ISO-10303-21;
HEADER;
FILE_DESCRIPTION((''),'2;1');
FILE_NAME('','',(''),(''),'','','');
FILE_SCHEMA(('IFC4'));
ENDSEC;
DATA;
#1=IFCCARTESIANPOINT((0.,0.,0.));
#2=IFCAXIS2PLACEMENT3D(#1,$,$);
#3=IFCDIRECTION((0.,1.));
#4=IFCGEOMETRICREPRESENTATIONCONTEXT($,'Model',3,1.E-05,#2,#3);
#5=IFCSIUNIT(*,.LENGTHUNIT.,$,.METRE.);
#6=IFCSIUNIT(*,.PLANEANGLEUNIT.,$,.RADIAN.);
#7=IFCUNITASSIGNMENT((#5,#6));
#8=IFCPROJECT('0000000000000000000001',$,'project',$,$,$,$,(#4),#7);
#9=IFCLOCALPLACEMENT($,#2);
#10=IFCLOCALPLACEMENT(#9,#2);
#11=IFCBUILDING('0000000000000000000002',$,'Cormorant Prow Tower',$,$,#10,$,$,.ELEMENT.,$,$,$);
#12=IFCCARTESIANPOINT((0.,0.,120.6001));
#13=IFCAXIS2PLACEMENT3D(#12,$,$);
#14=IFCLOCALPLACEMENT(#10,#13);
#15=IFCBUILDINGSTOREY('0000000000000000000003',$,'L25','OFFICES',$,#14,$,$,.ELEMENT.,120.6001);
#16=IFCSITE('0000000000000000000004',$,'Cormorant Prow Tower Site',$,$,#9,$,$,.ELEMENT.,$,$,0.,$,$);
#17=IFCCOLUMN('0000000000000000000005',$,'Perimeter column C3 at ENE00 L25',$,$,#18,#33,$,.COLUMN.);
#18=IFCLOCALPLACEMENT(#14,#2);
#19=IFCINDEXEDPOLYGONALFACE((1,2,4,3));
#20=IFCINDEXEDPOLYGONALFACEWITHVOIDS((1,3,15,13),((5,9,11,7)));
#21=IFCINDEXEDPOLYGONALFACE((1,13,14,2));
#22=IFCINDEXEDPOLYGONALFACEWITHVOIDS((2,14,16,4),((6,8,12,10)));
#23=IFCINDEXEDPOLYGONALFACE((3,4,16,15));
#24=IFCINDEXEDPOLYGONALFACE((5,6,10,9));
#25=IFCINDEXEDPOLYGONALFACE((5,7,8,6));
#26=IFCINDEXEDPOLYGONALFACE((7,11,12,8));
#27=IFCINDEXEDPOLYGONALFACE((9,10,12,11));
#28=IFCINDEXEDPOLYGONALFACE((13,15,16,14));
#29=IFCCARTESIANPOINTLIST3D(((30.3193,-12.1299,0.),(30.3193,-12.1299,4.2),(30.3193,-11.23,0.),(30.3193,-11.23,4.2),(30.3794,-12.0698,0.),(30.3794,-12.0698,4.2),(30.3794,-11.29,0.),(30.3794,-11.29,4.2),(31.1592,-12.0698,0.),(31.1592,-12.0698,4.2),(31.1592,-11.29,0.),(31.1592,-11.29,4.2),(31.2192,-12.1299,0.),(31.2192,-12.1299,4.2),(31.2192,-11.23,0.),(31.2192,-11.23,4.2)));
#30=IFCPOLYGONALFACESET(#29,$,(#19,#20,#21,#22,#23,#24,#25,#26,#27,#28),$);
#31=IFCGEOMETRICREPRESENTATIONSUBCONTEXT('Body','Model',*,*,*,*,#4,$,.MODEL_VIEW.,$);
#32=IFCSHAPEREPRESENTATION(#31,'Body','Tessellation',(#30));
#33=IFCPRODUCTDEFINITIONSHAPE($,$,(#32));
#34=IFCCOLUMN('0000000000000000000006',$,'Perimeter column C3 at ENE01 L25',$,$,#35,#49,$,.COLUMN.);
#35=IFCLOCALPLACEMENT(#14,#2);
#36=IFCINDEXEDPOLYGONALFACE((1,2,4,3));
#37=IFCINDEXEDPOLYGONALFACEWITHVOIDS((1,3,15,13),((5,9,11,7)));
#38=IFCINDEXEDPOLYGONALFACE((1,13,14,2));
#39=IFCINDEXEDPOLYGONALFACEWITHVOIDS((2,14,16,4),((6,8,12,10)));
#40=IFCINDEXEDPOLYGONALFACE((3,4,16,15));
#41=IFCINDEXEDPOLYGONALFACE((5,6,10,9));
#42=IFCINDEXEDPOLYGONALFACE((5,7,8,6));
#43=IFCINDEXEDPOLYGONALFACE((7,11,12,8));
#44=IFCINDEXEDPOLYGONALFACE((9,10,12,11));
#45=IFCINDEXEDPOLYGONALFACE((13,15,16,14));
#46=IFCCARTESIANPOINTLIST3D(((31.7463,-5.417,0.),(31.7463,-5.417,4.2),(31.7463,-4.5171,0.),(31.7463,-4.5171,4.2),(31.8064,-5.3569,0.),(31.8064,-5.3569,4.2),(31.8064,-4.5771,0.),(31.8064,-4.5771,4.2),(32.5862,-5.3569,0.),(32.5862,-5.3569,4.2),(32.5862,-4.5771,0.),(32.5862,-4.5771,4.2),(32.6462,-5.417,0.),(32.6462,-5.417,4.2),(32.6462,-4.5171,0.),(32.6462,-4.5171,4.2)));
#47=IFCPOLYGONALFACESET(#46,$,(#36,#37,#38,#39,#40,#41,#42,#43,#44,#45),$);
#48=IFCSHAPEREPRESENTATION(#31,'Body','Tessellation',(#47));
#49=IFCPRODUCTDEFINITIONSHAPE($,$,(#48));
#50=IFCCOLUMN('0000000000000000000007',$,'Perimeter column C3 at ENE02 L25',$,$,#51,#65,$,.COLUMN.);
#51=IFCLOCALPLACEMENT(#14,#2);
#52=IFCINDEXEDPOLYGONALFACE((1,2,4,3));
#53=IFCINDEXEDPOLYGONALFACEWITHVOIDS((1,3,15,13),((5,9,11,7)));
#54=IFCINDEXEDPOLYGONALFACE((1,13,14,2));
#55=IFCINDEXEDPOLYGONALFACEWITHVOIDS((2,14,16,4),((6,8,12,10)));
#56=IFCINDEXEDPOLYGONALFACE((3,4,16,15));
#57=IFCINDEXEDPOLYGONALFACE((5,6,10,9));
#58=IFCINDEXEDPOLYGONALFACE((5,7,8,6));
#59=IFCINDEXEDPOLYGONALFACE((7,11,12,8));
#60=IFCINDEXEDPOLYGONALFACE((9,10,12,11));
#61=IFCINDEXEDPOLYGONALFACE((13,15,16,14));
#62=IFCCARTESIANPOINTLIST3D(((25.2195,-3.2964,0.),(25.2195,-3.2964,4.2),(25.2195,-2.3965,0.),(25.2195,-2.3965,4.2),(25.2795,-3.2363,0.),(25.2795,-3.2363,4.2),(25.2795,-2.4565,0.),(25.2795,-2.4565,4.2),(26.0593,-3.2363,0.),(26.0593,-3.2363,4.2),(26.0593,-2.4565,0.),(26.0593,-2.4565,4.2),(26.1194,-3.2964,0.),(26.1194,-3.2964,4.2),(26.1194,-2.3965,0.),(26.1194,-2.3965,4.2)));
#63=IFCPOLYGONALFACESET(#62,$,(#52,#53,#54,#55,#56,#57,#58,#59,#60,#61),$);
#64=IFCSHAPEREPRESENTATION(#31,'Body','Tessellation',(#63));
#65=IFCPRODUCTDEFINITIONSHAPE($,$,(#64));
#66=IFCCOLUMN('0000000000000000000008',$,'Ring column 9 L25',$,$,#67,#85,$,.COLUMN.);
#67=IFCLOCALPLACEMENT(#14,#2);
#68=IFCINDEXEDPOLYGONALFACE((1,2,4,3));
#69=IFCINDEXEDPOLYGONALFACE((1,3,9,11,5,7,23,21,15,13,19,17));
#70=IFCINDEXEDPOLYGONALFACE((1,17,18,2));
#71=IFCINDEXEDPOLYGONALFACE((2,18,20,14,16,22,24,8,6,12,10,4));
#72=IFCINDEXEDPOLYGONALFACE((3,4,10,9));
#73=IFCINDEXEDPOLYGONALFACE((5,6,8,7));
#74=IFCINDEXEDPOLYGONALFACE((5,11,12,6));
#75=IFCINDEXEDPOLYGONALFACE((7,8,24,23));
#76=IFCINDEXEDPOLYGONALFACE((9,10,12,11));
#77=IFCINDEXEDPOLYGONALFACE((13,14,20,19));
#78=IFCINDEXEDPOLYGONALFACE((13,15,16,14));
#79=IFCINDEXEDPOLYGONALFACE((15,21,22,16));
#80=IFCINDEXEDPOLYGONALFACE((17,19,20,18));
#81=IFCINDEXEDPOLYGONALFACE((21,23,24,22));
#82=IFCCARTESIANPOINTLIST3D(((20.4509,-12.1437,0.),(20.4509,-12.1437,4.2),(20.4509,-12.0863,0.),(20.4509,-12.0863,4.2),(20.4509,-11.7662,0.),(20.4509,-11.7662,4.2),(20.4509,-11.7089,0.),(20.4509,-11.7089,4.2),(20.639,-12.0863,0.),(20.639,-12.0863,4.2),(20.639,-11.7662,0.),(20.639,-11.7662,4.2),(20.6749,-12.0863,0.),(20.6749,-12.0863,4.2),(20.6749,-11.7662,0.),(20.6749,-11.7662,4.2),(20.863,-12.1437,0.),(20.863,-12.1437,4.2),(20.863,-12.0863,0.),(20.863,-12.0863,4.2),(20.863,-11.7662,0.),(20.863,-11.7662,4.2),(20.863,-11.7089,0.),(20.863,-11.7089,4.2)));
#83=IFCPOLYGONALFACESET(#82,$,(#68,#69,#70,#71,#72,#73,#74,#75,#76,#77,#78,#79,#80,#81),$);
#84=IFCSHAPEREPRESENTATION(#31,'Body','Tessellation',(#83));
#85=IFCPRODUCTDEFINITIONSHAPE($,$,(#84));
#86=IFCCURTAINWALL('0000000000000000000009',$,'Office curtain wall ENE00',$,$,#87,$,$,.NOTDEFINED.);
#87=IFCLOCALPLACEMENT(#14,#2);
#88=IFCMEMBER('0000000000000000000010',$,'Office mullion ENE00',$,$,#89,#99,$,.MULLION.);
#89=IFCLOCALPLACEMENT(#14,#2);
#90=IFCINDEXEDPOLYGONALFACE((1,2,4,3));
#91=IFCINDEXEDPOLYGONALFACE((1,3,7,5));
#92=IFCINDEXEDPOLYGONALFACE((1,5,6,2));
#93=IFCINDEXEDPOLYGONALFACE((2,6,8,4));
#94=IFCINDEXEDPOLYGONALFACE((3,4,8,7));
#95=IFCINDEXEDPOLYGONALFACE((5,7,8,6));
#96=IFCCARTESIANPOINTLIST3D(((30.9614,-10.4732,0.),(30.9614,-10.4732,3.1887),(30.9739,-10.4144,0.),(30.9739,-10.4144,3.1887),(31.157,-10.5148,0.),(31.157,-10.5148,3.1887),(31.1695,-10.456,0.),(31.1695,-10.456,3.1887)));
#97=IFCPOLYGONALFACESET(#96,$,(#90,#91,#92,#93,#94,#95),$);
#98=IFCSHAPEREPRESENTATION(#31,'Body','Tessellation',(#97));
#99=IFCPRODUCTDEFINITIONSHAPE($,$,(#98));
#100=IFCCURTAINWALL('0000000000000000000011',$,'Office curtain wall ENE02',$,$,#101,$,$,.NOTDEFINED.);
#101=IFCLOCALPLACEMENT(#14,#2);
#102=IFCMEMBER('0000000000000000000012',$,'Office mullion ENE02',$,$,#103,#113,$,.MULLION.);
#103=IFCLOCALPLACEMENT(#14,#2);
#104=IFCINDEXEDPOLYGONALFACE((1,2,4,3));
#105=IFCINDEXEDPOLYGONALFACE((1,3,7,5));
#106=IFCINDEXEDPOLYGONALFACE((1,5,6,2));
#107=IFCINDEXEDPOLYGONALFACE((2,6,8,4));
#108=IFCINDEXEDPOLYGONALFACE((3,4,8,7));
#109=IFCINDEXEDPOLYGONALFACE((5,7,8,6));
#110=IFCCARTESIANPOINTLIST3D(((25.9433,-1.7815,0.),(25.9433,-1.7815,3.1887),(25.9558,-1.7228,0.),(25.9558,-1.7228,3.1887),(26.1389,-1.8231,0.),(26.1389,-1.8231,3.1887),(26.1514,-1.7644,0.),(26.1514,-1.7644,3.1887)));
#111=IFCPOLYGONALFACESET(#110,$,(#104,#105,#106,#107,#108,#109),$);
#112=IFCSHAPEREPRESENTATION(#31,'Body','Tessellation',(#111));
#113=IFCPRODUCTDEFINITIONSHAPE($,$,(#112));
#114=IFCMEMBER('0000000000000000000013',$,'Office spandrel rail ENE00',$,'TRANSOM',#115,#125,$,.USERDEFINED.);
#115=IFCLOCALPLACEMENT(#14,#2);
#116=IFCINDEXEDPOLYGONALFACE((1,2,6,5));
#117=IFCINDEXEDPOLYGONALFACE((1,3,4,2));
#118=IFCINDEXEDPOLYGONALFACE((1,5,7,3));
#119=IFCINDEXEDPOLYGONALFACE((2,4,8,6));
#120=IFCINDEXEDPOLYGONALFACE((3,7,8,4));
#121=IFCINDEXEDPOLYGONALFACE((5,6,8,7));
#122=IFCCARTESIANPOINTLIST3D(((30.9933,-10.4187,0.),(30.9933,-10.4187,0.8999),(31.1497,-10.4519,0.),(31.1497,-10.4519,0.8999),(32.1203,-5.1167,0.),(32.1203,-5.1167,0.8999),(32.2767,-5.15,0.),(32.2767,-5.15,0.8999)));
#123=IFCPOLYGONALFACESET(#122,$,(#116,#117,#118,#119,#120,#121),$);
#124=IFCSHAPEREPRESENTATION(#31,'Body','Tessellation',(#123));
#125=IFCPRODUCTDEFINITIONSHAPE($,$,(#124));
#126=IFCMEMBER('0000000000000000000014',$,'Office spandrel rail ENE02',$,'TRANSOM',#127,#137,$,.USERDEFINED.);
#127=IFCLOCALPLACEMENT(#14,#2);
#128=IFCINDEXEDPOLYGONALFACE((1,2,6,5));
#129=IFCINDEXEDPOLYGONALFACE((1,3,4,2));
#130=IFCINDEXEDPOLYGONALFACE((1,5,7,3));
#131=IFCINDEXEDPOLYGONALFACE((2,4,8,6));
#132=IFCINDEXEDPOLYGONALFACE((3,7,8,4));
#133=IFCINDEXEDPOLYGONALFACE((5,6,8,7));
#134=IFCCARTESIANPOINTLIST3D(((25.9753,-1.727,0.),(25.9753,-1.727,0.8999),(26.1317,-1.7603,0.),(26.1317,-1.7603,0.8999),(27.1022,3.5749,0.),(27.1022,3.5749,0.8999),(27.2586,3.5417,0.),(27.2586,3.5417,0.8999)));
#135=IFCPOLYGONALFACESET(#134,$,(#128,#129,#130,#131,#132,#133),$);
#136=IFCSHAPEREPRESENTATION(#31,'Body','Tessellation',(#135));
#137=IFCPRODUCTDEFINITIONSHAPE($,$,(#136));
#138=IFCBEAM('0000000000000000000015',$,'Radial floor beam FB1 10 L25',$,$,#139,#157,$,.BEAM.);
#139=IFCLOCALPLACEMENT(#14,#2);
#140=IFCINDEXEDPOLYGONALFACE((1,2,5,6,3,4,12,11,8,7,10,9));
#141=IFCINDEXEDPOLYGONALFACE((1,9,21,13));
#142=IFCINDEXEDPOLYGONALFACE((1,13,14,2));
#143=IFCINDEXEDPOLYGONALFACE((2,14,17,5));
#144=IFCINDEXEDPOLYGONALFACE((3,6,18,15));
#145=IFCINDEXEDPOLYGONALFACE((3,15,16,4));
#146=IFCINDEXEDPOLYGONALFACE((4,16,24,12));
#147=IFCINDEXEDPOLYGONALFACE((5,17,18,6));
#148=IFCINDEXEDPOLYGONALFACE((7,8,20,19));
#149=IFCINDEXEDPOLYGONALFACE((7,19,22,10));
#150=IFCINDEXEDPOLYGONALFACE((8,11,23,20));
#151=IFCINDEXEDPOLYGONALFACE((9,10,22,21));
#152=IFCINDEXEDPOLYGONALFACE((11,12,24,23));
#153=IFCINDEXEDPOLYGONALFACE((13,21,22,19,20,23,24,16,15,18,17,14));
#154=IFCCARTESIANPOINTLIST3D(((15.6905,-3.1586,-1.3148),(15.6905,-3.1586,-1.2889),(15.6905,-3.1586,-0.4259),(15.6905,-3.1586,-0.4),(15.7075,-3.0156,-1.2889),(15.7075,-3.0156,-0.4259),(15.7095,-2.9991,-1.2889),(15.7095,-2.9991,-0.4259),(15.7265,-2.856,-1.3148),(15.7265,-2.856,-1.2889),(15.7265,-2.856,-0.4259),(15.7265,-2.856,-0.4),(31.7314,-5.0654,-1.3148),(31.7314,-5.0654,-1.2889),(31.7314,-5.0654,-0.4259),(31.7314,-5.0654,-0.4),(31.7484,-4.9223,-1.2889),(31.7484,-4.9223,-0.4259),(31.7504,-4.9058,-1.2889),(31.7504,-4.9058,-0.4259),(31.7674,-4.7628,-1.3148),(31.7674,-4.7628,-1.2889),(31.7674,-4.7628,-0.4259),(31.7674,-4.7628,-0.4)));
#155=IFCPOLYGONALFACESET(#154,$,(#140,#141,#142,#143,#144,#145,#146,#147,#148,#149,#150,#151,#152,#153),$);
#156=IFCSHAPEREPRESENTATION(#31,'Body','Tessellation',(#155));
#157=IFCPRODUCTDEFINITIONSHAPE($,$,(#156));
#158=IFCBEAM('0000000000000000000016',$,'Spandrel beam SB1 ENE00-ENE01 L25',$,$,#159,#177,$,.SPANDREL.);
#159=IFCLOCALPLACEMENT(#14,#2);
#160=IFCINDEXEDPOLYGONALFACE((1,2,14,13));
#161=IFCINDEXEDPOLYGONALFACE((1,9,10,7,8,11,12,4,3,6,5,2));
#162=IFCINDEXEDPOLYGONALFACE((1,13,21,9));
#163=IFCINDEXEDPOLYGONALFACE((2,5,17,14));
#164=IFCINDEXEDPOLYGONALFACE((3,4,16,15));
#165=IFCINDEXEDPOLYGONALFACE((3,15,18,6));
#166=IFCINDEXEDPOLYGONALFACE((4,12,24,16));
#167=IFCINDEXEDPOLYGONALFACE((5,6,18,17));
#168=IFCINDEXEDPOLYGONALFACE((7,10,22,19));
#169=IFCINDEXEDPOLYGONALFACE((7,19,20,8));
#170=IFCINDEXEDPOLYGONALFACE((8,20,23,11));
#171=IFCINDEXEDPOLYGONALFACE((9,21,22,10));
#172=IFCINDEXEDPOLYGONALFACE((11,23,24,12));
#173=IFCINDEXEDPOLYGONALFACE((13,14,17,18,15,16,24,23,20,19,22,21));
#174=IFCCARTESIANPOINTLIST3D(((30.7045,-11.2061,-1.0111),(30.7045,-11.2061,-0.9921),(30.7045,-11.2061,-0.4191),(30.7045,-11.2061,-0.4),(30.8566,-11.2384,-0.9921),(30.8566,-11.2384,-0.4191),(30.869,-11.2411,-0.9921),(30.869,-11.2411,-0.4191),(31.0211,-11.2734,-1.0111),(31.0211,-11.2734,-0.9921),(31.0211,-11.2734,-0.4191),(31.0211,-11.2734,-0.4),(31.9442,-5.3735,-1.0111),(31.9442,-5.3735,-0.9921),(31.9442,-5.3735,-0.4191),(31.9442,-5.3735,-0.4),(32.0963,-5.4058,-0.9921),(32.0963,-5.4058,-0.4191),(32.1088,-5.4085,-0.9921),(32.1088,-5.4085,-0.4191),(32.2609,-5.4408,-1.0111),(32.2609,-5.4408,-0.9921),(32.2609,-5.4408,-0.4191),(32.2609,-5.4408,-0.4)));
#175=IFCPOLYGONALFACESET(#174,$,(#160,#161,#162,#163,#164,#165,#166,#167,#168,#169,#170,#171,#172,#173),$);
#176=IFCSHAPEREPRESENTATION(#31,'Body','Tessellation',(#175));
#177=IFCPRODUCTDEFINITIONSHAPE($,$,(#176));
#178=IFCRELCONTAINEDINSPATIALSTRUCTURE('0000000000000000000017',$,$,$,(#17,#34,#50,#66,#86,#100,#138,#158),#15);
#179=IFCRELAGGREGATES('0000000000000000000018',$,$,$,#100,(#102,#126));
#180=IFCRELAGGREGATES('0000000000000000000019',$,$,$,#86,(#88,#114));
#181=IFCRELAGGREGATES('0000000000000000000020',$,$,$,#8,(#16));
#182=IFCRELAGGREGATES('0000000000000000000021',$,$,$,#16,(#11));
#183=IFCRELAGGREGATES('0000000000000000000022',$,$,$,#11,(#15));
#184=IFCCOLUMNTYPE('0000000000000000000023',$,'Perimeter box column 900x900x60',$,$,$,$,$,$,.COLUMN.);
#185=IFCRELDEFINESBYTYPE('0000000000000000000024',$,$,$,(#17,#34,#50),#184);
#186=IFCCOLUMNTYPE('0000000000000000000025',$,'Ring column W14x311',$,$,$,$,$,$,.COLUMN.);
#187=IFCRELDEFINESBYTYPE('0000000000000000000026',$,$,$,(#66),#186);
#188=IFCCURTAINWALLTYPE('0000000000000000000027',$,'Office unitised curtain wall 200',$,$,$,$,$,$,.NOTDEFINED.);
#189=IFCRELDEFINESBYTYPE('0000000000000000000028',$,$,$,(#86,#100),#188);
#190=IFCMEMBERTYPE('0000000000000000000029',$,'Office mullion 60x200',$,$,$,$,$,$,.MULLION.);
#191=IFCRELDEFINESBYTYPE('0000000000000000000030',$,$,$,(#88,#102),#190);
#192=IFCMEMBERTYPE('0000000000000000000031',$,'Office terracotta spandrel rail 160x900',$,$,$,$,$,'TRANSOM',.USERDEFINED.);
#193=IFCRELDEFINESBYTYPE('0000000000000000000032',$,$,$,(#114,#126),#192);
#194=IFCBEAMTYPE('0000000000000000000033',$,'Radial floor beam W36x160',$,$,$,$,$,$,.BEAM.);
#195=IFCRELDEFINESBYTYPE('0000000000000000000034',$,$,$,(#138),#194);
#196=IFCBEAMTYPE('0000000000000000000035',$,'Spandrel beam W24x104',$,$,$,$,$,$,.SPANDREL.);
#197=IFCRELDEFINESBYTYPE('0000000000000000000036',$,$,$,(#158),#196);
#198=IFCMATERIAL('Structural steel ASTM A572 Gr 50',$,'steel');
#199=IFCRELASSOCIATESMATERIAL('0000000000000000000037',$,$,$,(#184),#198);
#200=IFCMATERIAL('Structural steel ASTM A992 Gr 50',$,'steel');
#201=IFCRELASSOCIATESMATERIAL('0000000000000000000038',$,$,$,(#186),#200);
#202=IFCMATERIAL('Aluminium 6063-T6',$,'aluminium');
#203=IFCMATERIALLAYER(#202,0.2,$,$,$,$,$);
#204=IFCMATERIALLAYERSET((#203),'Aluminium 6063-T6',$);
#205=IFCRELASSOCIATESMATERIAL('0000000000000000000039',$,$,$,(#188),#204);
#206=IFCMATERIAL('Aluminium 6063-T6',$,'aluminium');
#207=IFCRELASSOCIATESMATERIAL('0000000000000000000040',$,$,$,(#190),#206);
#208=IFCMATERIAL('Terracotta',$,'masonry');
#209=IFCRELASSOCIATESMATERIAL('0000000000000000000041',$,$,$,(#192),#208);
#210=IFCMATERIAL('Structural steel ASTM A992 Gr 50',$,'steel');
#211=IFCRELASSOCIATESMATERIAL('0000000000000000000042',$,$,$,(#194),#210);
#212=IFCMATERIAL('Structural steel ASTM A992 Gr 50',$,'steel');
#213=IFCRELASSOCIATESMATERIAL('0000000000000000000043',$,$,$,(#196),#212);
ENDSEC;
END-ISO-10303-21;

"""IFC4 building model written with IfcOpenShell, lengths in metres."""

from ifc_helpers import new_model, si_unit, direction, frame, origin, origin_2d, place, context, subcontext, project, spatial, rectangle, hollow_rectangle, i_section, extrude, material, layer, layer_set, material_profile, profile_set, type_object, element, aggregate, save


model = new_model("IFC4")

# Units and contexts
model_context = context("Model", 3, precision=1e-05, world=origin(), true_north=direction((0.0, 1.0)))
body_context = subcontext(model_context, "Body", "Model", "MODEL_VIEW")
ifc_project = project(units=[si_unit("LENGTHUNIT", "METRE"), si_unit("PLANEANGLEUNIT", "RADIAN")], contexts=[model_context])

# Site, building, storey
site_placement = place(None, origin())
site = spatial("IfcSite", under=ifc_project, at=site_placement, Name="Cormorant Prow Tower Site", CompositionType="ELEMENT", RefElevation=0.0)
building_placement = place(site_placement, origin())
building = spatial("IfcBuilding", under=site, at=building_placement, Name="Cormorant Prow Tower", CompositionType="ELEMENT")
storey_placement = place(building_placement, frame((0.0, 0.0, 120.6001)))
storey = spatial("IfcBuildingStorey", under=building, at=storey_placement, Name="L25", Description="OFFICES", CompositionType="ELEMENT", Elevation=120.6001)

# Columns
ifc_material_1 = material(Name="Structural steel ASTM A572 Gr 50", Category="steel")
ifc_material_profile_1 = material_profile(ifc_material_1, hollow_rectangle(XDim=0.8999, YDim=0.8999, WallThickness=0.0601, at=origin_2d()), Name="Box 900x900x60")
ifc_profile_set_1 = profile_set([ifc_material_profile_1], Name="Structural steel ASTM A572 Gr 50")
column_type_1 = type_object("IfcColumnType", Name="Perimeter box column 900x900x60", PredefinedType="COLUMN", material=ifc_profile_set_1)
for number, where, z_axis, x_axis, name in (
    (1, (30.7693, -11.6799, 0.0), (0.0, 0.0, 1.0), (1.0, 0.0, 0.0), "Perimeter column C3 at ENE00 L25"),
    (2, (32.1963, -4.967, 0.0), (0.0, 0.0, 1.0), (1.0, 0.0, 0.0), "Perimeter column C3 at ENE01 L25"),
    (3, (25.6694, -2.8464, 0.0), (0.0, 0.0, 1.0), (1.0, 0.0, 0.0), "Perimeter column C3 at ENE02 L25"),
):
    element("IfcColumn", number, at=place(storey_placement, frame(where, z_axis=z_axis, x_axis=x_axis)), inside=storey, type_object=column_type_1, Name=name, PredefinedType="COLUMN", context=body_context, shape_type="SweptSolid", body=[
        extrude(hollow_rectangle(XDim=0.8999, YDim=0.8999, WallThickness=0.0601, at=origin_2d()), origin(), (0.0, 0.0, 1.0), 4.2),
    ])
ifc_material_2 = material(Name="Structural steel ASTM A992 Gr 50", Category="steel")
ifc_material_profile_2 = material_profile(ifc_material_2, i_section(OverallWidth=0.4121, OverallDepth=0.4348, WebThickness=0.0359, FlangeThickness=0.0574, at=origin_2d()), Name="W14x311")
ifc_profile_set_2 = profile_set([ifc_material_profile_2], Name="Structural steel ASTM A992 Gr 50")
column_type_2 = type_object("IfcColumnType", Name="Ring column W14x311", PredefinedType="COLUMN", material=ifc_profile_set_2)
column_placement = place(storey_placement, frame((20.657, -11.9263, 0.0), z_axis=(0.0, 0.0, 1.0), x_axis=(1.0, 0.0, 0.0)))
element("IfcColumn", 4, at=column_placement, inside=storey, type_object=column_type_2, Name="Ring column 9 L25", PredefinedType="COLUMN", context=body_context, shape_type="SweptSolid", body=[
    extrude(i_section(OverallWidth=0.4121, OverallDepth=0.4348, WebThickness=0.0359, FlangeThickness=0.0574, at=origin_2d()), origin(), (0.0, 0.0, 1.0), 4.2),
])

# Curtain walls, members
ifc_material_3 = material(Name="Aluminium 6063-T6", Category="aluminium")
ifc_layer_1 = layer(ifc_material_3, 0.2)
ifc_layer_set_1 = layer_set([ifc_layer_1], Name="Aluminium 6063-T6")
curtain_wall_type = type_object("IfcCurtainWallType", Name="Office unitised curtain wall 200", PredefinedType="NOTDEFINED", material=ifc_layer_set_1)
curtain_wall_1_placement = place(storey_placement, origin())
curtain_wall_1 = element("IfcCurtainWall", 5, at=curtain_wall_1_placement, inside=storey, type_object=curtain_wall_type, Name="Office curtain wall ENE00", PredefinedType="NOTDEFINED")
ifc_material_4 = material(Name="Aluminium 6063-T6", Category="aluminium")
ifc_material_profile_3 = material_profile(ifc_material_4, rectangle(XDim=0.2, YDim=0.0601, at=origin_2d()), Name="Office mullion 60x200")
ifc_profile_set_3 = profile_set([ifc_material_profile_3], Name="Aluminium 6063-T6")
member_type_1 = type_object("IfcMemberType", Name="Office mullion 60x200", PredefinedType="MULLION", material=ifc_profile_set_3)
member_1_placement = place(storey_placement, frame((31.0654, -10.4646, 0.0), z_axis=(0.0, 0.0, 1.0), x_axis=(-0.978148, 0.207912, 0.0)))
member_1 = element("IfcMember", 6, at=member_1_placement, type_object=member_type_1, Name="Office mullion ENE00", PredefinedType="MULLION", context=body_context, shape_type="SweptSolid", body=[
    extrude(rectangle(XDim=0.2, YDim=0.0601, at=origin_2d()), origin(), (0.0, 0.0, 1.0), 3.1887),
])
curtain_wall_2_placement = place(storey_placement, origin())
curtain_wall_2 = element("IfcCurtainWall", 7, at=curtain_wall_2_placement, inside=storey, type_object=curtain_wall_type, Name="Office curtain wall ENE02", PredefinedType="NOTDEFINED")
member_2_placement = place(storey_placement, frame((26.0474, -1.7729, 0.0), z_axis=(0.0, 0.0, 1.0), x_axis=(-0.978148, 0.207912, 0.0)))
member_2 = element("IfcMember", 8, at=member_2_placement, type_object=member_type_1, Name="Office mullion ENE02", PredefinedType="MULLION", context=body_context, shape_type="SweptSolid", body=[
    extrude(rectangle(XDim=0.2, YDim=0.0601, at=origin_2d()), origin(), (0.0, 0.0, 1.0), 3.1887),
])

# Members
ifc_material_5 = material(Name="Terracotta", Category="masonry")
ifc_material_profile_4 = material_profile(ifc_material_5, rectangle(XDim=0.1599, YDim=0.8999, at=origin_2d()), Name="Office terracotta spandrel rail 160x900")
ifc_profile_set_4 = profile_set([ifc_material_profile_4], Name="Terracotta")
member_type_2 = type_object("IfcMemberType", Name="Office terracotta spandrel rail 160x900", ElementType="TRANSOM", PredefinedType="USERDEFINED", material=ifc_profile_set_4)
member_3_placement = place(storey_placement, frame((31.0715, -10.4353, 0.45), z_axis=(0.207908, 0.978148, 0.0), x_axis=(-0.978148, 0.207908, 0.0)))
member_3 = element("IfcMember", 9, at=member_3_placement, type_object=member_type_2, Name="Office spandrel rail ENE00", ObjectType="TRANSOM", PredefinedType="USERDEFINED", context=body_context, shape_type="SweptSolid", body=[
    extrude(rectangle(XDim=0.1599, YDim=0.8999, at=origin_2d()), origin(), (0.0, 0.0, 1.0), 5.4204),
])
member_4_placement = place(storey_placement, frame((26.0535, -1.7437, 0.45), z_axis=(0.207908, 0.978148, 0.0), x_axis=(-0.978148, 0.207908, 0.0)))
member_4 = element("IfcMember", 10, at=member_4_placement, type_object=member_type_2, Name="Office spandrel rail ENE02", ObjectType="TRANSOM", PredefinedType="USERDEFINED", context=body_context, shape_type="SweptSolid", body=[
    extrude(rectangle(XDim=0.1599, YDim=0.8999, at=origin_2d()), origin(), (0.0, 0.0, 1.0), 5.4204),
])
aggregate(curtain_wall_2, [member_2, member_4])

# Beams
ifc_material_6 = material(Name="Structural steel ASTM A992 Gr 50", Category="steel")
ifc_material_profile_5 = material_profile(ifc_material_6, i_section(OverallWidth=0.3047, OverallDepth=0.9148, WebThickness=0.0166, FlangeThickness=0.0259, at=origin_2d()), Name="W36x160")
ifc_profile_set_5 = profile_set([ifc_material_profile_5], Name="Structural steel ASTM A992 Gr 50")
beam_type_1 = type_object("IfcBeamType", Name="Radial floor beam W36x160", PredefinedType="BEAM", material=ifc_profile_set_5)
beam_1_placement = place(storey_placement, frame((15.7085, -3.0073, -0.8574), z_axis=(0.993009, -0.118037, 0.0), x_axis=(0.118037, 0.993009, 0.0)))
element("IfcBeam", 11, at=beam_1_placement, inside=storey, type_object=beam_type_1, Name="Radial floor beam FB1 10 L25", PredefinedType="BEAM", context=body_context, shape_type="SweptSolid", body=[
    extrude(i_section(OverallWidth=0.3047, OverallDepth=0.9148, WebThickness=0.0166, FlangeThickness=0.0259, at=origin_2d()), origin(), (0.0, 0.0, 1.0), 16.1538),
])
ifc_material_7 = material(Name="Structural steel ASTM A992 Gr 50", Category="steel")
ifc_material_profile_6 = material_profile(ifc_material_7, i_section(OverallWidth=0.3237, OverallDepth=0.6111, WebThickness=0.0127, FlangeThickness=0.019, at=origin_2d()), Name="W24x104")
ifc_profile_set_6 = profile_set([ifc_material_profile_6], Name="Structural steel ASTM A992 Gr 50")
beam_type_2 = type_object("IfcBeamType", Name="Spandrel beam W24x104", PredefinedType="SPANDREL", material=ifc_profile_set_6)
beam_2_placement = place(storey_placement, frame((30.8628, -11.2397, -0.7056), z_axis=(0.207913, 0.978147, 0.0), x_axis=(-0.978147, 0.207913, 0.0)))
element("IfcBeam", 12, at=beam_2_placement, inside=storey, type_object=beam_type_2, Name="Spandrel beam SB1 ENE00-ENE01 L25", PredefinedType="SPANDREL", context=body_context, shape_type="SweptSolid", body=[
    extrude(i_section(OverallWidth=0.3237, OverallDepth=0.6111, WebThickness=0.0127, FlangeThickness=0.019, at=origin_2d()), origin(), (0.0, 0.0, 1.0), 5.9629),
])

aggregate(curtain_wall_1, [member_1, member_3])

save(model, "model.ifc")
